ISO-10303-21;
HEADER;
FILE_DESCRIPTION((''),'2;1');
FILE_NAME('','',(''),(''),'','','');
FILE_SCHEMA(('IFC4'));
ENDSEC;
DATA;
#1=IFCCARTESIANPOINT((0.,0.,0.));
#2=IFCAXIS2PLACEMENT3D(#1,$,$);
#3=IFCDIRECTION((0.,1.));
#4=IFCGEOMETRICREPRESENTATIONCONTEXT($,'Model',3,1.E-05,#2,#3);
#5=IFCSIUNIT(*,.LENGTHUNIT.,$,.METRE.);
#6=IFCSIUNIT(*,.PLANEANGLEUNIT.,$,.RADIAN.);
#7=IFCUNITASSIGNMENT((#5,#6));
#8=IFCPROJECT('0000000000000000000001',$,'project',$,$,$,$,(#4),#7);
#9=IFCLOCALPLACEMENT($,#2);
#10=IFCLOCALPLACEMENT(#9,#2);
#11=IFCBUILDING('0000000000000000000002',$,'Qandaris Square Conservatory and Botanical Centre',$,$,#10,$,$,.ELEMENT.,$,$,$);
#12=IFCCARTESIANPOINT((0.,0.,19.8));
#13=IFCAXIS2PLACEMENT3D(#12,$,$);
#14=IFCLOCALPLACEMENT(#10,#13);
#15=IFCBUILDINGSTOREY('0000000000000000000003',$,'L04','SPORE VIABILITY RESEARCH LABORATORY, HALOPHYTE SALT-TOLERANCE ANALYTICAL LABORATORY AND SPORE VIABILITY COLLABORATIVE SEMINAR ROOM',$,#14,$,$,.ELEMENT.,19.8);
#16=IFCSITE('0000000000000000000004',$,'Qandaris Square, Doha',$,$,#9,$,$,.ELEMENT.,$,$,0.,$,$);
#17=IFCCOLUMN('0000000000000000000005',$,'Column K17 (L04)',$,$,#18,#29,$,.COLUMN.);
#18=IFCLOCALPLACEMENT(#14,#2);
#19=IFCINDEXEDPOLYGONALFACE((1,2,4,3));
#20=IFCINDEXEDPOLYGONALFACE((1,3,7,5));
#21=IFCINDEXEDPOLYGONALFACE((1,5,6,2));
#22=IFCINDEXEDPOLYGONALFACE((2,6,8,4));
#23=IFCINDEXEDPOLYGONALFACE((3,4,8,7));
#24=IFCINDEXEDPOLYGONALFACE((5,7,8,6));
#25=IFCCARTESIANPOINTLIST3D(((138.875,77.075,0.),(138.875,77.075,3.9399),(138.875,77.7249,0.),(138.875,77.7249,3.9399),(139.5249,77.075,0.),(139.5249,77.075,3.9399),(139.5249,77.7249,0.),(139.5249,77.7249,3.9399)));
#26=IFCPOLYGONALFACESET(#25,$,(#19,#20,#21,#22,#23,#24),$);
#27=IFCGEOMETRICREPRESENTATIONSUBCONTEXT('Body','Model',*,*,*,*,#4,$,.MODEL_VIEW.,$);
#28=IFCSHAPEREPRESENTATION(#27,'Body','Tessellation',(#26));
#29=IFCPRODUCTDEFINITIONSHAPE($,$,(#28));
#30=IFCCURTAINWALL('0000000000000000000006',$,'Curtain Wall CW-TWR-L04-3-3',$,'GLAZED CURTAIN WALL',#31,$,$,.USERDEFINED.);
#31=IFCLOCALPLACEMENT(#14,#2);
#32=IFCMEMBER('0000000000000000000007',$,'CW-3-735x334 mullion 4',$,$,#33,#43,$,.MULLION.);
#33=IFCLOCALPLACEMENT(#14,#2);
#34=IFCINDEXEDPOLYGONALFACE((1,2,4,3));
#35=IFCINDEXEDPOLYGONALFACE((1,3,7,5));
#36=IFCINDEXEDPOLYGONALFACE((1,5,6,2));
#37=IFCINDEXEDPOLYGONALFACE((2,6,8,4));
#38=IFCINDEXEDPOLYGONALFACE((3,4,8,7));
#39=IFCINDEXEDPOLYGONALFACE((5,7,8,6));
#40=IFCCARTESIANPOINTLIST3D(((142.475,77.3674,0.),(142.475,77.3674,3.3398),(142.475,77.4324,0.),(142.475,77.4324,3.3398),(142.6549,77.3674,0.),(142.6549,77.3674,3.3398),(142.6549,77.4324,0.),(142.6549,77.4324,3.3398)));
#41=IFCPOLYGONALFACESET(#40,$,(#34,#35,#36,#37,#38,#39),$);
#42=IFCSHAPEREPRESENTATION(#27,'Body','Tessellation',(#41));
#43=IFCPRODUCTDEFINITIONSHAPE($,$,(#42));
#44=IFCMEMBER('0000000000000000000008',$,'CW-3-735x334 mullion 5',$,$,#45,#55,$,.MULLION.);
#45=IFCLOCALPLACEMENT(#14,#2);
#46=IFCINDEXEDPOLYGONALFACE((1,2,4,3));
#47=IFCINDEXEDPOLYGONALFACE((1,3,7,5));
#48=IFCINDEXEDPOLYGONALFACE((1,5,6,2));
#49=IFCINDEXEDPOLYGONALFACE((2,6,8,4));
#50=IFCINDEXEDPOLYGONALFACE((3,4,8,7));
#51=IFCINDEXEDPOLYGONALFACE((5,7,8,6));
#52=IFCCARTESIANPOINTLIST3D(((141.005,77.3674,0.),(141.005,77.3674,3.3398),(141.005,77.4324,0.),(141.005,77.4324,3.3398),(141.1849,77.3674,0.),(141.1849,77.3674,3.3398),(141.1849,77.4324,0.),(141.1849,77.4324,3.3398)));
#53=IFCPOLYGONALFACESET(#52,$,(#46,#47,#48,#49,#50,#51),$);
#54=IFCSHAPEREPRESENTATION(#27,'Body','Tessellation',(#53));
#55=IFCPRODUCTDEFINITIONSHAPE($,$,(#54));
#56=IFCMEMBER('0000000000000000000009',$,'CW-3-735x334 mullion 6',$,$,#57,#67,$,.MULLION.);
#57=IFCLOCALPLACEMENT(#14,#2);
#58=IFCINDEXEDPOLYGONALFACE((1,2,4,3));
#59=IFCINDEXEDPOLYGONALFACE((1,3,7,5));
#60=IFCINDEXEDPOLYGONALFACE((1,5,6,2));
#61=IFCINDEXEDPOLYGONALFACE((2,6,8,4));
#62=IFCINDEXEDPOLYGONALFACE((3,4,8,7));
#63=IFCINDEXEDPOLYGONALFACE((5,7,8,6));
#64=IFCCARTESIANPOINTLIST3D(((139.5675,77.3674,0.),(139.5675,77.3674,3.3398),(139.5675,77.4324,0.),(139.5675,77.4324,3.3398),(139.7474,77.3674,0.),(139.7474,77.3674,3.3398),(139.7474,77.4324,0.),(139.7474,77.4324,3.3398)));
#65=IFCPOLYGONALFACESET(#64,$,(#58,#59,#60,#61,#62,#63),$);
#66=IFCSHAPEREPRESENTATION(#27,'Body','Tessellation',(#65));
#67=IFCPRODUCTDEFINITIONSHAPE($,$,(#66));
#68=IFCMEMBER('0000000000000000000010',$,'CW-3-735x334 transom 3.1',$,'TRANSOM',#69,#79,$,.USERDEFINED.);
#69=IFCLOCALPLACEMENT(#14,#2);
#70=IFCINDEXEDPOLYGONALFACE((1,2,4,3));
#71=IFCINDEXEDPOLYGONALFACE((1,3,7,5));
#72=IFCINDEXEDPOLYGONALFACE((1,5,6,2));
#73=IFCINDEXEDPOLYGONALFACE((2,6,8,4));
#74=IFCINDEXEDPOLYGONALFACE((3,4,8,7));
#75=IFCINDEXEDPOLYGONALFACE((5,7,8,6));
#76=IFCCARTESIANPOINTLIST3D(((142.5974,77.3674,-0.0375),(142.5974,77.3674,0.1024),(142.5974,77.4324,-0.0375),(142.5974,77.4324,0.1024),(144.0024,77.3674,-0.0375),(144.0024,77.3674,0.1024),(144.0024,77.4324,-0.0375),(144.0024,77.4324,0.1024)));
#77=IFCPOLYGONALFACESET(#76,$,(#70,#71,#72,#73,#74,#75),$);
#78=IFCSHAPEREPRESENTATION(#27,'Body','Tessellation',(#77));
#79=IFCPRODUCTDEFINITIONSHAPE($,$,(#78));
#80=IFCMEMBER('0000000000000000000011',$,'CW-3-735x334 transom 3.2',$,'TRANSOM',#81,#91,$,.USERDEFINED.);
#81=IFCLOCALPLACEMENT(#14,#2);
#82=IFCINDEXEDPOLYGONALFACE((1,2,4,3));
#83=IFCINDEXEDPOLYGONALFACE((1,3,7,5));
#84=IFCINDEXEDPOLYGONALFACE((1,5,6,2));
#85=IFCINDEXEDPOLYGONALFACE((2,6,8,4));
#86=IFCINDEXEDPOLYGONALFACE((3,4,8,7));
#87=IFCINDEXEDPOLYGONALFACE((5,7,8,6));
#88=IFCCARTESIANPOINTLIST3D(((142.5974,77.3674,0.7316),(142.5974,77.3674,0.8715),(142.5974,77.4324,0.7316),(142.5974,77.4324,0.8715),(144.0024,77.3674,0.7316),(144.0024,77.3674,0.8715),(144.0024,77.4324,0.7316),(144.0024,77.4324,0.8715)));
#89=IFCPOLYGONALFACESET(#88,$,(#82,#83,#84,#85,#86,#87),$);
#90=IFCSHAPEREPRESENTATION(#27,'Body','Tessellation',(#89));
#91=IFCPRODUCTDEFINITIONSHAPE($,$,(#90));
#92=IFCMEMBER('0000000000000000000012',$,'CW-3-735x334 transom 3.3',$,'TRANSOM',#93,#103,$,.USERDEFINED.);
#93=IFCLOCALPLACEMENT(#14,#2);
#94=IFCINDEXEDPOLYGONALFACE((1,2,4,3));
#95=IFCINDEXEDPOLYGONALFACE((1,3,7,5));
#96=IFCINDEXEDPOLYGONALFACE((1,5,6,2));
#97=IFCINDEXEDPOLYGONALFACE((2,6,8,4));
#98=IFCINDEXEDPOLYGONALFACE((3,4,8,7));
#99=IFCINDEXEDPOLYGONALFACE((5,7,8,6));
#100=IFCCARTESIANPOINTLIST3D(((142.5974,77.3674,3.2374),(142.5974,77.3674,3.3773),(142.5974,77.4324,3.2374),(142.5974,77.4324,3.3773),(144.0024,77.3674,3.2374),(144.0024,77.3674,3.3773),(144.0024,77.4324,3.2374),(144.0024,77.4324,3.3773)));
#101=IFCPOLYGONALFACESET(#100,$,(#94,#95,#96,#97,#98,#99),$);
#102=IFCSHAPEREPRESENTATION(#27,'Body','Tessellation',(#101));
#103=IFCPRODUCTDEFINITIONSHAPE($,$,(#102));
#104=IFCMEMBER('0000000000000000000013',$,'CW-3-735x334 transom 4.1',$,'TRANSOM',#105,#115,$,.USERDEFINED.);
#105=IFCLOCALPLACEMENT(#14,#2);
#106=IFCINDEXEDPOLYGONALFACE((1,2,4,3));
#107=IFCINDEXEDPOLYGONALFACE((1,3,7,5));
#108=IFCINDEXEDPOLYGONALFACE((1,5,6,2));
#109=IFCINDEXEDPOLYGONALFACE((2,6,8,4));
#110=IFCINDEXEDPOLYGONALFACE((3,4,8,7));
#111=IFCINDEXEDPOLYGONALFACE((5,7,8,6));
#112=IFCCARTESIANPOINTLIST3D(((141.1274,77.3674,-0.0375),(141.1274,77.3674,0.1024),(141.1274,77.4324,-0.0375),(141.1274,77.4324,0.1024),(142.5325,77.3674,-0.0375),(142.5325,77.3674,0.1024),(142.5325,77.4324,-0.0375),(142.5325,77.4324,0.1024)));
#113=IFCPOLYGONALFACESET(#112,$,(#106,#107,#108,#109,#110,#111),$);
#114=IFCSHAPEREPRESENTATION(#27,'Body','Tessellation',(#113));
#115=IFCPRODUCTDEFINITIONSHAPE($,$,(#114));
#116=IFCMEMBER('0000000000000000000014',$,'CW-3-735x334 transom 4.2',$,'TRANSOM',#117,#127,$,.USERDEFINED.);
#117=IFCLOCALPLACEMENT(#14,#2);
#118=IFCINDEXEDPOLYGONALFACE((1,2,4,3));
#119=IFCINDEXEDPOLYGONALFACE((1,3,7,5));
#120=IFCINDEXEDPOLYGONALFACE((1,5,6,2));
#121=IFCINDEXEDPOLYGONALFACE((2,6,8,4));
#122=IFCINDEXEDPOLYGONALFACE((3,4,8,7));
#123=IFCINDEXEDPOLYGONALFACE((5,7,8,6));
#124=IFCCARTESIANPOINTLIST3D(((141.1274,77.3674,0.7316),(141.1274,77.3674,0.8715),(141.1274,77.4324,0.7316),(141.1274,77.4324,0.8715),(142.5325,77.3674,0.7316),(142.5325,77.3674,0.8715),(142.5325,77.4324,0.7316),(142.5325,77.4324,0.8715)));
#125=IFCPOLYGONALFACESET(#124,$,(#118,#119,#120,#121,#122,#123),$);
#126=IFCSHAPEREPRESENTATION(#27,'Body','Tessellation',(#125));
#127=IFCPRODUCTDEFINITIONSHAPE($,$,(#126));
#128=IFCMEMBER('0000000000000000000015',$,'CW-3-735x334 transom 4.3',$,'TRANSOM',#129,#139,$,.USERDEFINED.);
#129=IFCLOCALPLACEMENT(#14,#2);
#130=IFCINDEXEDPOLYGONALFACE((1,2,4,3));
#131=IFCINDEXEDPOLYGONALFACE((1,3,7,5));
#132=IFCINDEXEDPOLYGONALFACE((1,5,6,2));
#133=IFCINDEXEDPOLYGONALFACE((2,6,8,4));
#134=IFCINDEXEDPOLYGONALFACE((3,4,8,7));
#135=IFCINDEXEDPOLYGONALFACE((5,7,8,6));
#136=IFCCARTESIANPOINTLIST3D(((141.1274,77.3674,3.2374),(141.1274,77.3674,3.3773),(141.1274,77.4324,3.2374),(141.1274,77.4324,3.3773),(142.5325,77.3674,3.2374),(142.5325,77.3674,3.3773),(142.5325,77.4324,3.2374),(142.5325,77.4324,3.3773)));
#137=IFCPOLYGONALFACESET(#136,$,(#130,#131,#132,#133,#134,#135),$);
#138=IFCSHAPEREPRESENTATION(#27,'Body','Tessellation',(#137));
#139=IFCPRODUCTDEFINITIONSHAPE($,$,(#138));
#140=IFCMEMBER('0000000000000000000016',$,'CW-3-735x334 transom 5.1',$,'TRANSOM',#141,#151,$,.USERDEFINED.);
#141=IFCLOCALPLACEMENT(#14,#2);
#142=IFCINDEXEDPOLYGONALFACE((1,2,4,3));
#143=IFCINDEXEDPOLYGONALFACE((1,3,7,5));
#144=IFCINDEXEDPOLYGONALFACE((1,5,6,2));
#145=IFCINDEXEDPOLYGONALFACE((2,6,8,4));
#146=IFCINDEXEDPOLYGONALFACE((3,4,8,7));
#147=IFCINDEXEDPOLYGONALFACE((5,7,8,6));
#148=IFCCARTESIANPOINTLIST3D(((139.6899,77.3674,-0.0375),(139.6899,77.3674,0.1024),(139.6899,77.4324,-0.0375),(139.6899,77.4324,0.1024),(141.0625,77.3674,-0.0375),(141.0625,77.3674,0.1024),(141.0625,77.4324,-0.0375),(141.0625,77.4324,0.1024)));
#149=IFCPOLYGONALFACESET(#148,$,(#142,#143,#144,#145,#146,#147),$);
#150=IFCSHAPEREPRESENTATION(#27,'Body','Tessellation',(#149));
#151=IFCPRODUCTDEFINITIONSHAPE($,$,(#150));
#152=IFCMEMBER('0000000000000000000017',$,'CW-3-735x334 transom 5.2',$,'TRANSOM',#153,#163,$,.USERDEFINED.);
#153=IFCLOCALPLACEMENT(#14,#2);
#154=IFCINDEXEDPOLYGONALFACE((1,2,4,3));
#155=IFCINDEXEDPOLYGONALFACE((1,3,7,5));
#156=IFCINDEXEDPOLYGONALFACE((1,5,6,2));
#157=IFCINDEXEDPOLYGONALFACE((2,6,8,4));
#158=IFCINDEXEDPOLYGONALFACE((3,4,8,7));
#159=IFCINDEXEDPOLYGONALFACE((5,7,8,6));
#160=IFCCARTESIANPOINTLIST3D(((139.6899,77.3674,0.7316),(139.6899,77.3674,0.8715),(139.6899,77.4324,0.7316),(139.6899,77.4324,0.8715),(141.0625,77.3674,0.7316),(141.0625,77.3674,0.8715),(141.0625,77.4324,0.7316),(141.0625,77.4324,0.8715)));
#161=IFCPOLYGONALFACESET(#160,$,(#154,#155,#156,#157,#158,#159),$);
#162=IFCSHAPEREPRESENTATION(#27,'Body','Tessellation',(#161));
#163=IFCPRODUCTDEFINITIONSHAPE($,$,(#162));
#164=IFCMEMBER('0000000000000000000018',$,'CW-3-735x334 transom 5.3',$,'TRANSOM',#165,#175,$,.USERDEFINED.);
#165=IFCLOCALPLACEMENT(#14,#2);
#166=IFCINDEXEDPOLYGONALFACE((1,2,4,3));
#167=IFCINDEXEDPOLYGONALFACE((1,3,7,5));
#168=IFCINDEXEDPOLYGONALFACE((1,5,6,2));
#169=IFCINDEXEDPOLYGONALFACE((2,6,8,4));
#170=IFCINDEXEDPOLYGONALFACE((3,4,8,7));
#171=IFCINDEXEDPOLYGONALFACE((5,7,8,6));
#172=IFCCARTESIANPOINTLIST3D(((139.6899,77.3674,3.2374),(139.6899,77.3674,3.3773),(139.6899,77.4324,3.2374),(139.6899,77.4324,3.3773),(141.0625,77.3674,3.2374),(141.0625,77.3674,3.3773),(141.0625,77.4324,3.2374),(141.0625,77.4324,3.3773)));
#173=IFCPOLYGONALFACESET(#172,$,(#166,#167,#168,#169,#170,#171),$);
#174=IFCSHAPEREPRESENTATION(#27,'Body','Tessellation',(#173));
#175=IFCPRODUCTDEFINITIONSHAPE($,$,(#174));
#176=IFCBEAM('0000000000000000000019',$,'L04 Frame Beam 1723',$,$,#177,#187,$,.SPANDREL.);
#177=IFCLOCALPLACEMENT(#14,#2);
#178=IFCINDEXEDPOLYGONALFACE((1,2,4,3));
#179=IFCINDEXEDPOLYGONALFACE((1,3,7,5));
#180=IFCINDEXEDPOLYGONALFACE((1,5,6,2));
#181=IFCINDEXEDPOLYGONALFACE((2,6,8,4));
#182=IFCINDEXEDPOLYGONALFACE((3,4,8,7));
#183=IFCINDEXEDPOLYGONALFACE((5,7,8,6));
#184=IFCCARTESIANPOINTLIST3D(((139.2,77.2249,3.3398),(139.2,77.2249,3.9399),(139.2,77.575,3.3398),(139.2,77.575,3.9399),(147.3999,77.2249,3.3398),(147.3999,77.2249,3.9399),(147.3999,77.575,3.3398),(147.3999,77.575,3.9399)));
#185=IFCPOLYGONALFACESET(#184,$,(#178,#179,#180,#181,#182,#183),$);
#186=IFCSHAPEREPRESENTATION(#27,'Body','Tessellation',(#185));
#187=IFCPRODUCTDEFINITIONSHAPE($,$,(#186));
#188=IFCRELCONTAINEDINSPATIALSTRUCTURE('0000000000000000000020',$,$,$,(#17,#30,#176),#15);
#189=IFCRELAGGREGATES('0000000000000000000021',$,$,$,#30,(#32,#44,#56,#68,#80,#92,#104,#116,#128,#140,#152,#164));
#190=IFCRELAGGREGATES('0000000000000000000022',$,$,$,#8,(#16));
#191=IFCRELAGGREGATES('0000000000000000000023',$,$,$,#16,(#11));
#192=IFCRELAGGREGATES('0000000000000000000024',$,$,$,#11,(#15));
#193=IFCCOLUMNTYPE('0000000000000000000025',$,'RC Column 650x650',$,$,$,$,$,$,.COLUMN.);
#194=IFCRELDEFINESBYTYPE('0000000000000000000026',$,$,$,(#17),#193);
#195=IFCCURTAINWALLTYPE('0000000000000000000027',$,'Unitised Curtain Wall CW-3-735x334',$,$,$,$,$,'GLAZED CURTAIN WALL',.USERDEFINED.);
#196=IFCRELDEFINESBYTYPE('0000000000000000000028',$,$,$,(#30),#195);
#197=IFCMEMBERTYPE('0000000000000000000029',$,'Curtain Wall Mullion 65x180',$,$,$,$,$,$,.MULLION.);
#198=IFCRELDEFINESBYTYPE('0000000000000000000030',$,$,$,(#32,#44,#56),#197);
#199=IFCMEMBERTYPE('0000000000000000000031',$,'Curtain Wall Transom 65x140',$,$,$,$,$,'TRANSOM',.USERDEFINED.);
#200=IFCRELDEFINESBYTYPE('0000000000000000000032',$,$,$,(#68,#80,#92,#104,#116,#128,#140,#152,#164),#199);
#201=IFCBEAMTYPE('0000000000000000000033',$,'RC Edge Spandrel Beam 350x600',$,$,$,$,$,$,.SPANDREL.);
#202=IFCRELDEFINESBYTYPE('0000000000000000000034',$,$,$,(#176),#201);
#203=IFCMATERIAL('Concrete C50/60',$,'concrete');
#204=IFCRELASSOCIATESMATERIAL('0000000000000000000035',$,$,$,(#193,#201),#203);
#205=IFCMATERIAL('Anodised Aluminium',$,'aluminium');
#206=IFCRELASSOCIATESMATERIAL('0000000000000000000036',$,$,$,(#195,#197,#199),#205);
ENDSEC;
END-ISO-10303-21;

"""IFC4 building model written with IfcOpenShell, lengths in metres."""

from ifc_helpers import new_model, si_unit, direction, frame, origin, origin_2d, place, context, subcontext, project, spatial, rectangle, extrude, material, material_profile, profile_set, type_object, element, aggregate, save


model = new_model("IFC4")

# Units and contexts
model_context = context("Model", 3, precision=1e-05, world=origin(), true_north=direction((0.0, 1.0)))
body_context = subcontext(model_context, "Body", "Model", "MODEL_VIEW")
ifc_project = project(units=[si_unit("LENGTHUNIT", "METRE"), si_unit("PLANEANGLEUNIT", "RADIAN")], contexts=[model_context])

# Site, building, storey
site_placement = place(None, origin())
site = spatial("IfcSite", under=ifc_project, at=site_placement, Name="Qandaris Square, Doha", CompositionType="ELEMENT", RefElevation=0.0)
building_placement = place(site_placement, origin())
building = spatial("IfcBuilding", under=site, at=building_placement, Name="Qandaris Square Conservatory and Botanical Centre", CompositionType="ELEMENT")
storey_placement = place(building_placement, frame((0.0, 0.0, 19.8)))
storey = spatial("IfcBuildingStorey", under=building, at=storey_placement, Name="L04", Description="SPORE VIABILITY RESEARCH LABORATORY, HALOPHYTE SALT-TOLERANCE ANALYTICAL LABORATORY AND SPORE VIABILITY COLLABORATIVE SEMINAR ROOM", CompositionType="ELEMENT", Elevation=19.8)

# Column
ifc_material_1 = material(Name="Concrete C50/60", Category="concrete")
ifc_material_profile_1 = material_profile(ifc_material_1, rectangle(XDim=0.6499, YDim=0.6499, at=origin_2d()), Name="RC-COL 650x650")
ifc_profile_set_1 = profile_set([ifc_material_profile_1], Name="Concrete C50/60")
column_type = type_object("IfcColumnType", Name="RC Column 650x650", PredefinedType="COLUMN", material=ifc_profile_set_1)
column_placement = place(storey_placement, frame((139.2, 77.3999, 0.0), z_axis=(0.0, 0.0, 1.0), x_axis=(1.0, 0.0, 0.0)))
element("IfcColumn", 1, at=column_placement, inside=storey, type_object=column_type, Name="Column K17 (L04)", PredefinedType="COLUMN", context=body_context, shape_type="SweptSolid", body=[
    extrude(rectangle(XDim=0.6499, YDim=0.6499, at=origin_2d()), origin(), (0.0, 0.0, 1.0), 3.9399),
])

# Curtain wall, members
ifc_material_2 = material(Name="Anodised Aluminium", Category="aluminium")
curtain_wall_type = type_object("IfcCurtainWallType", Name="Unitised Curtain Wall CW-3-735x334", ElementType="GLAZED CURTAIN WALL", PredefinedType="USERDEFINED", material=ifc_material_2)
curtain_wall_placement = place(storey_placement, origin())
curtain_wall = element("IfcCurtainWall", 2, at=curtain_wall_placement, inside=storey, type_object=curtain_wall_type, Name="Curtain Wall CW-TWR-L04-3-3", ObjectType="GLAZED CURTAIN WALL", PredefinedType="USERDEFINED")
ifc_material_profile_2 = material_profile(ifc_material_2, rectangle(XDim=0.0649, YDim=0.1799, at=origin_2d()), Name="ALU-MUL 65x180")
ifc_profile_set_2 = profile_set([ifc_material_profile_2], Name="Anodised Aluminium")
member_type_1 = type_object("IfcMemberType", Name="Curtain Wall Mullion 65x180", PredefinedType="MULLION", material=ifc_profile_set_2)
member_1_placement = place(storey_placement, frame((142.5649, 77.3999, 0.0), z_axis=(0.0, 0.0, 1.0), x_axis=(0.0, -1.0, 0.0)))
member_1 = element("IfcMember", 3, at=member_1_placement, type_object=member_type_1, Name="CW-3-735x334 mullion 4", PredefinedType="MULLION", context=body_context, shape_type="SweptSolid", body=[
    extrude(rectangle(XDim=0.0649, YDim=0.1799, at=origin_2d()), origin(), (0.0, 0.0, 1.0), 3.3398),
])
member_2_placement = place(storey_placement, frame((141.095, 77.3999, 0.0), z_axis=(0.0, 0.0, 1.0), x_axis=(0.0, -1.0, 0.0)))
member_2 = element("IfcMember", 4, at=member_2_placement, type_object=member_type_1, Name="CW-3-735x334 mullion 5", PredefinedType="MULLION", context=body_context, shape_type="SweptSolid", body=[
    extrude(rectangle(XDim=0.0649, YDim=0.1799, at=origin_2d()), origin(), (0.0, 0.0, 1.0), 3.3398),
])
member_3_placement = place(storey_placement, frame((139.6575, 77.3999, 0.0), z_axis=(0.0, 0.0, 1.0), x_axis=(0.0, -1.0, 0.0)))
member_3 = element("IfcMember", 5, at=member_3_placement, type_object=member_type_1, Name="CW-3-735x334 mullion 6", PredefinedType="MULLION", context=body_context, shape_type="SweptSolid", body=[
    extrude(rectangle(XDim=0.0649, YDim=0.1799, at=origin_2d()), origin(), (0.0, 0.0, 1.0), 3.3398),
])
ifc_material_profile_3 = material_profile(ifc_material_2, rectangle(XDim=0.0649, YDim=0.1399, at=origin_2d()), Name="ALU-TRN 65x140")
ifc_profile_set_3 = profile_set([ifc_material_profile_3], Name="Anodised Aluminium")
member_type_2 = type_object("IfcMemberType", Name="Curtain Wall Transom 65x140", ElementType="TRANSOM", PredefinedType="USERDEFINED", material=ifc_profile_set_3)
member_4_placement = place(storey_placement, frame((144.0024, 77.3999, 0.0325), z_axis=(-1.0, 0.0, 0.0), x_axis=(0.0, -1.0, 0.0)))
member_4 = element("IfcMember", 6, at=member_4_placement, type_object=member_type_2, Name="CW-3-735x334 transom 3.1", ObjectType="TRANSOM", PredefinedType="USERDEFINED", context=body_context, shape_type="SweptSolid", body=[
    extrude(rectangle(XDim=0.0649, YDim=0.1399, at=origin_2d()), origin(), (0.0, 0.0, 1.0), 1.405),
])
member_5_placement = place(storey_placement, frame((144.0024, 77.3999, 0.8015), z_axis=(-1.0, 0.0, 0.0), x_axis=(0.0, -1.0, 0.0)))
member_5 = element("IfcMember", 7, at=member_5_placement, type_object=member_type_2, Name="CW-3-735x334 transom 3.2", ObjectType="TRANSOM", PredefinedType="USERDEFINED", context=body_context, shape_type="SweptSolid", body=[
    extrude(rectangle(XDim=0.0649, YDim=0.1399, at=origin_2d()), origin(), (0.0, 0.0, 1.0), 1.405),
])
member_6_placement = place(storey_placement, frame((144.0024, 77.3999, 3.3074), z_axis=(-1.0, 0.0, 0.0), x_axis=(0.0, -1.0, 0.0)))
member_6 = element("IfcMember", 8, at=member_6_placement, type_object=member_type_2, Name="CW-3-735x334 transom 3.3", ObjectType="TRANSOM", PredefinedType="USERDEFINED", context=body_context, shape_type="SweptSolid", body=[
    extrude(rectangle(XDim=0.0649, YDim=0.1399, at=origin_2d()), origin(), (0.0, 0.0, 1.0), 1.405),
])
member_7_placement = place(storey_placement, frame((142.5325, 77.3999, 0.0325), z_axis=(-1.0, 0.0, 0.0), x_axis=(0.0, -1.0, 0.0)))
member_7 = element("IfcMember", 9, at=member_7_placement, type_object=member_type_2, Name="CW-3-735x334 transom 4.1", ObjectType="TRANSOM", PredefinedType="USERDEFINED", context=body_context, shape_type="SweptSolid", body=[
    extrude(rectangle(XDim=0.0649, YDim=0.1399, at=origin_2d()), origin(), (0.0, 0.0, 1.0), 1.405),
])
member_8_placement = place(storey_placement, frame((142.5325, 77.3999, 0.8015), z_axis=(-1.0, 0.0, 0.0), x_axis=(0.0, -1.0, 0.0)))
member_8 = element("IfcMember", 10, at=member_8_placement, type_object=member_type_2, Name="CW-3-735x334 transom 4.2", ObjectType="TRANSOM", PredefinedType="USERDEFINED", context=body_context, shape_type="SweptSolid", body=[
    extrude(rectangle(XDim=0.0649, YDim=0.1399, at=origin_2d()), origin(), (0.0, 0.0, 1.0), 1.405),
])
member_9_placement = place(storey_placement, frame((142.5325, 77.3999, 3.3074), z_axis=(-1.0, 0.0, 0.0), x_axis=(0.0, -1.0, 0.0)))
member_9 = element("IfcMember", 11, at=member_9_placement, type_object=member_type_2, Name="CW-3-735x334 transom 4.3", ObjectType="TRANSOM", PredefinedType="USERDEFINED", context=body_context, shape_type="SweptSolid", body=[
    extrude(rectangle(XDim=0.0649, YDim=0.1399, at=origin_2d()), origin(), (0.0, 0.0, 1.0), 1.405),
])
member_10_placement = place(storey_placement, frame((141.0625, 77.3999, 0.0325), z_axis=(-1.0, 0.0, 0.0), x_axis=(0.0, -1.0, 0.0)))
member_10 = element("IfcMember", 12, at=member_10_placement, type_object=member_type_2, Name="CW-3-735x334 transom 5.1", ObjectType="TRANSOM", PredefinedType="USERDEFINED", context=body_context, shape_type="SweptSolid", body=[
    extrude(rectangle(XDim=0.0649, YDim=0.1399, at=origin_2d()), origin(), (0.0, 0.0, 1.0), 1.3726),
])
member_11_placement = place(storey_placement, frame((141.0625, 77.3999, 0.8015), z_axis=(-1.0, 0.0, 0.0), x_axis=(0.0, -1.0, 0.0)))
member_11 = element("IfcMember", 13, at=member_11_placement, type_object=member_type_2, Name="CW-3-735x334 transom 5.2", ObjectType="TRANSOM", PredefinedType="USERDEFINED", context=body_context, shape_type="SweptSolid", body=[
    extrude(rectangle(XDim=0.0649, YDim=0.1399, at=origin_2d()), origin(), (0.0, 0.0, 1.0), 1.3726),
])
member_12_placement = place(storey_placement, frame((141.0625, 77.3999, 3.3074), z_axis=(-1.0, 0.0, 0.0), x_axis=(0.0, -1.0, 0.0)))
member_12 = element("IfcMember", 14, at=member_12_placement, type_object=member_type_2, Name="CW-3-735x334 transom 5.3", ObjectType="TRANSOM", PredefinedType="USERDEFINED", context=body_context, shape_type="SweptSolid", body=[
    extrude(rectangle(XDim=0.0649, YDim=0.1399, at=origin_2d()), origin(), (0.0, 0.0, 1.0), 1.3726),
])

# Beam
ifc_material_profile_4 = material_profile(ifc_material_1, rectangle(XDim=0.3501, YDim=0.6001, at=origin_2d()), Name="RC-SP 350x600")
ifc_profile_set_4 = profile_set([ifc_material_profile_4], Name="Concrete C50/60")
beam_type = type_object("IfcBeamType", Name="RC Edge Spandrel Beam 350x600", PredefinedType="SPANDREL", material=ifc_profile_set_4)
beam_placement = place(storey_placement, frame((139.2, 77.3999, 3.6399), z_axis=(1.0, 0.0, 0.0), x_axis=(0.0, 1.0, 0.0)))
element("IfcBeam", 15, at=beam_placement, inside=storey, type_object=beam_type, Name="L04 Frame Beam 1723", PredefinedType="SPANDREL", context=body_context, shape_type="SweptSolid", body=[
    extrude(rectangle(XDim=0.3501, YDim=0.6001, at=origin_2d()), origin(), (0.0, 0.0, 1.0), 8.2),
])

aggregate(curtain_wall, [member_1, member_2, member_3, member_4, member_5, member_6, member_7, member_8, member_9, member_10, member_11, member_12])

save(model, "model.ifc")
